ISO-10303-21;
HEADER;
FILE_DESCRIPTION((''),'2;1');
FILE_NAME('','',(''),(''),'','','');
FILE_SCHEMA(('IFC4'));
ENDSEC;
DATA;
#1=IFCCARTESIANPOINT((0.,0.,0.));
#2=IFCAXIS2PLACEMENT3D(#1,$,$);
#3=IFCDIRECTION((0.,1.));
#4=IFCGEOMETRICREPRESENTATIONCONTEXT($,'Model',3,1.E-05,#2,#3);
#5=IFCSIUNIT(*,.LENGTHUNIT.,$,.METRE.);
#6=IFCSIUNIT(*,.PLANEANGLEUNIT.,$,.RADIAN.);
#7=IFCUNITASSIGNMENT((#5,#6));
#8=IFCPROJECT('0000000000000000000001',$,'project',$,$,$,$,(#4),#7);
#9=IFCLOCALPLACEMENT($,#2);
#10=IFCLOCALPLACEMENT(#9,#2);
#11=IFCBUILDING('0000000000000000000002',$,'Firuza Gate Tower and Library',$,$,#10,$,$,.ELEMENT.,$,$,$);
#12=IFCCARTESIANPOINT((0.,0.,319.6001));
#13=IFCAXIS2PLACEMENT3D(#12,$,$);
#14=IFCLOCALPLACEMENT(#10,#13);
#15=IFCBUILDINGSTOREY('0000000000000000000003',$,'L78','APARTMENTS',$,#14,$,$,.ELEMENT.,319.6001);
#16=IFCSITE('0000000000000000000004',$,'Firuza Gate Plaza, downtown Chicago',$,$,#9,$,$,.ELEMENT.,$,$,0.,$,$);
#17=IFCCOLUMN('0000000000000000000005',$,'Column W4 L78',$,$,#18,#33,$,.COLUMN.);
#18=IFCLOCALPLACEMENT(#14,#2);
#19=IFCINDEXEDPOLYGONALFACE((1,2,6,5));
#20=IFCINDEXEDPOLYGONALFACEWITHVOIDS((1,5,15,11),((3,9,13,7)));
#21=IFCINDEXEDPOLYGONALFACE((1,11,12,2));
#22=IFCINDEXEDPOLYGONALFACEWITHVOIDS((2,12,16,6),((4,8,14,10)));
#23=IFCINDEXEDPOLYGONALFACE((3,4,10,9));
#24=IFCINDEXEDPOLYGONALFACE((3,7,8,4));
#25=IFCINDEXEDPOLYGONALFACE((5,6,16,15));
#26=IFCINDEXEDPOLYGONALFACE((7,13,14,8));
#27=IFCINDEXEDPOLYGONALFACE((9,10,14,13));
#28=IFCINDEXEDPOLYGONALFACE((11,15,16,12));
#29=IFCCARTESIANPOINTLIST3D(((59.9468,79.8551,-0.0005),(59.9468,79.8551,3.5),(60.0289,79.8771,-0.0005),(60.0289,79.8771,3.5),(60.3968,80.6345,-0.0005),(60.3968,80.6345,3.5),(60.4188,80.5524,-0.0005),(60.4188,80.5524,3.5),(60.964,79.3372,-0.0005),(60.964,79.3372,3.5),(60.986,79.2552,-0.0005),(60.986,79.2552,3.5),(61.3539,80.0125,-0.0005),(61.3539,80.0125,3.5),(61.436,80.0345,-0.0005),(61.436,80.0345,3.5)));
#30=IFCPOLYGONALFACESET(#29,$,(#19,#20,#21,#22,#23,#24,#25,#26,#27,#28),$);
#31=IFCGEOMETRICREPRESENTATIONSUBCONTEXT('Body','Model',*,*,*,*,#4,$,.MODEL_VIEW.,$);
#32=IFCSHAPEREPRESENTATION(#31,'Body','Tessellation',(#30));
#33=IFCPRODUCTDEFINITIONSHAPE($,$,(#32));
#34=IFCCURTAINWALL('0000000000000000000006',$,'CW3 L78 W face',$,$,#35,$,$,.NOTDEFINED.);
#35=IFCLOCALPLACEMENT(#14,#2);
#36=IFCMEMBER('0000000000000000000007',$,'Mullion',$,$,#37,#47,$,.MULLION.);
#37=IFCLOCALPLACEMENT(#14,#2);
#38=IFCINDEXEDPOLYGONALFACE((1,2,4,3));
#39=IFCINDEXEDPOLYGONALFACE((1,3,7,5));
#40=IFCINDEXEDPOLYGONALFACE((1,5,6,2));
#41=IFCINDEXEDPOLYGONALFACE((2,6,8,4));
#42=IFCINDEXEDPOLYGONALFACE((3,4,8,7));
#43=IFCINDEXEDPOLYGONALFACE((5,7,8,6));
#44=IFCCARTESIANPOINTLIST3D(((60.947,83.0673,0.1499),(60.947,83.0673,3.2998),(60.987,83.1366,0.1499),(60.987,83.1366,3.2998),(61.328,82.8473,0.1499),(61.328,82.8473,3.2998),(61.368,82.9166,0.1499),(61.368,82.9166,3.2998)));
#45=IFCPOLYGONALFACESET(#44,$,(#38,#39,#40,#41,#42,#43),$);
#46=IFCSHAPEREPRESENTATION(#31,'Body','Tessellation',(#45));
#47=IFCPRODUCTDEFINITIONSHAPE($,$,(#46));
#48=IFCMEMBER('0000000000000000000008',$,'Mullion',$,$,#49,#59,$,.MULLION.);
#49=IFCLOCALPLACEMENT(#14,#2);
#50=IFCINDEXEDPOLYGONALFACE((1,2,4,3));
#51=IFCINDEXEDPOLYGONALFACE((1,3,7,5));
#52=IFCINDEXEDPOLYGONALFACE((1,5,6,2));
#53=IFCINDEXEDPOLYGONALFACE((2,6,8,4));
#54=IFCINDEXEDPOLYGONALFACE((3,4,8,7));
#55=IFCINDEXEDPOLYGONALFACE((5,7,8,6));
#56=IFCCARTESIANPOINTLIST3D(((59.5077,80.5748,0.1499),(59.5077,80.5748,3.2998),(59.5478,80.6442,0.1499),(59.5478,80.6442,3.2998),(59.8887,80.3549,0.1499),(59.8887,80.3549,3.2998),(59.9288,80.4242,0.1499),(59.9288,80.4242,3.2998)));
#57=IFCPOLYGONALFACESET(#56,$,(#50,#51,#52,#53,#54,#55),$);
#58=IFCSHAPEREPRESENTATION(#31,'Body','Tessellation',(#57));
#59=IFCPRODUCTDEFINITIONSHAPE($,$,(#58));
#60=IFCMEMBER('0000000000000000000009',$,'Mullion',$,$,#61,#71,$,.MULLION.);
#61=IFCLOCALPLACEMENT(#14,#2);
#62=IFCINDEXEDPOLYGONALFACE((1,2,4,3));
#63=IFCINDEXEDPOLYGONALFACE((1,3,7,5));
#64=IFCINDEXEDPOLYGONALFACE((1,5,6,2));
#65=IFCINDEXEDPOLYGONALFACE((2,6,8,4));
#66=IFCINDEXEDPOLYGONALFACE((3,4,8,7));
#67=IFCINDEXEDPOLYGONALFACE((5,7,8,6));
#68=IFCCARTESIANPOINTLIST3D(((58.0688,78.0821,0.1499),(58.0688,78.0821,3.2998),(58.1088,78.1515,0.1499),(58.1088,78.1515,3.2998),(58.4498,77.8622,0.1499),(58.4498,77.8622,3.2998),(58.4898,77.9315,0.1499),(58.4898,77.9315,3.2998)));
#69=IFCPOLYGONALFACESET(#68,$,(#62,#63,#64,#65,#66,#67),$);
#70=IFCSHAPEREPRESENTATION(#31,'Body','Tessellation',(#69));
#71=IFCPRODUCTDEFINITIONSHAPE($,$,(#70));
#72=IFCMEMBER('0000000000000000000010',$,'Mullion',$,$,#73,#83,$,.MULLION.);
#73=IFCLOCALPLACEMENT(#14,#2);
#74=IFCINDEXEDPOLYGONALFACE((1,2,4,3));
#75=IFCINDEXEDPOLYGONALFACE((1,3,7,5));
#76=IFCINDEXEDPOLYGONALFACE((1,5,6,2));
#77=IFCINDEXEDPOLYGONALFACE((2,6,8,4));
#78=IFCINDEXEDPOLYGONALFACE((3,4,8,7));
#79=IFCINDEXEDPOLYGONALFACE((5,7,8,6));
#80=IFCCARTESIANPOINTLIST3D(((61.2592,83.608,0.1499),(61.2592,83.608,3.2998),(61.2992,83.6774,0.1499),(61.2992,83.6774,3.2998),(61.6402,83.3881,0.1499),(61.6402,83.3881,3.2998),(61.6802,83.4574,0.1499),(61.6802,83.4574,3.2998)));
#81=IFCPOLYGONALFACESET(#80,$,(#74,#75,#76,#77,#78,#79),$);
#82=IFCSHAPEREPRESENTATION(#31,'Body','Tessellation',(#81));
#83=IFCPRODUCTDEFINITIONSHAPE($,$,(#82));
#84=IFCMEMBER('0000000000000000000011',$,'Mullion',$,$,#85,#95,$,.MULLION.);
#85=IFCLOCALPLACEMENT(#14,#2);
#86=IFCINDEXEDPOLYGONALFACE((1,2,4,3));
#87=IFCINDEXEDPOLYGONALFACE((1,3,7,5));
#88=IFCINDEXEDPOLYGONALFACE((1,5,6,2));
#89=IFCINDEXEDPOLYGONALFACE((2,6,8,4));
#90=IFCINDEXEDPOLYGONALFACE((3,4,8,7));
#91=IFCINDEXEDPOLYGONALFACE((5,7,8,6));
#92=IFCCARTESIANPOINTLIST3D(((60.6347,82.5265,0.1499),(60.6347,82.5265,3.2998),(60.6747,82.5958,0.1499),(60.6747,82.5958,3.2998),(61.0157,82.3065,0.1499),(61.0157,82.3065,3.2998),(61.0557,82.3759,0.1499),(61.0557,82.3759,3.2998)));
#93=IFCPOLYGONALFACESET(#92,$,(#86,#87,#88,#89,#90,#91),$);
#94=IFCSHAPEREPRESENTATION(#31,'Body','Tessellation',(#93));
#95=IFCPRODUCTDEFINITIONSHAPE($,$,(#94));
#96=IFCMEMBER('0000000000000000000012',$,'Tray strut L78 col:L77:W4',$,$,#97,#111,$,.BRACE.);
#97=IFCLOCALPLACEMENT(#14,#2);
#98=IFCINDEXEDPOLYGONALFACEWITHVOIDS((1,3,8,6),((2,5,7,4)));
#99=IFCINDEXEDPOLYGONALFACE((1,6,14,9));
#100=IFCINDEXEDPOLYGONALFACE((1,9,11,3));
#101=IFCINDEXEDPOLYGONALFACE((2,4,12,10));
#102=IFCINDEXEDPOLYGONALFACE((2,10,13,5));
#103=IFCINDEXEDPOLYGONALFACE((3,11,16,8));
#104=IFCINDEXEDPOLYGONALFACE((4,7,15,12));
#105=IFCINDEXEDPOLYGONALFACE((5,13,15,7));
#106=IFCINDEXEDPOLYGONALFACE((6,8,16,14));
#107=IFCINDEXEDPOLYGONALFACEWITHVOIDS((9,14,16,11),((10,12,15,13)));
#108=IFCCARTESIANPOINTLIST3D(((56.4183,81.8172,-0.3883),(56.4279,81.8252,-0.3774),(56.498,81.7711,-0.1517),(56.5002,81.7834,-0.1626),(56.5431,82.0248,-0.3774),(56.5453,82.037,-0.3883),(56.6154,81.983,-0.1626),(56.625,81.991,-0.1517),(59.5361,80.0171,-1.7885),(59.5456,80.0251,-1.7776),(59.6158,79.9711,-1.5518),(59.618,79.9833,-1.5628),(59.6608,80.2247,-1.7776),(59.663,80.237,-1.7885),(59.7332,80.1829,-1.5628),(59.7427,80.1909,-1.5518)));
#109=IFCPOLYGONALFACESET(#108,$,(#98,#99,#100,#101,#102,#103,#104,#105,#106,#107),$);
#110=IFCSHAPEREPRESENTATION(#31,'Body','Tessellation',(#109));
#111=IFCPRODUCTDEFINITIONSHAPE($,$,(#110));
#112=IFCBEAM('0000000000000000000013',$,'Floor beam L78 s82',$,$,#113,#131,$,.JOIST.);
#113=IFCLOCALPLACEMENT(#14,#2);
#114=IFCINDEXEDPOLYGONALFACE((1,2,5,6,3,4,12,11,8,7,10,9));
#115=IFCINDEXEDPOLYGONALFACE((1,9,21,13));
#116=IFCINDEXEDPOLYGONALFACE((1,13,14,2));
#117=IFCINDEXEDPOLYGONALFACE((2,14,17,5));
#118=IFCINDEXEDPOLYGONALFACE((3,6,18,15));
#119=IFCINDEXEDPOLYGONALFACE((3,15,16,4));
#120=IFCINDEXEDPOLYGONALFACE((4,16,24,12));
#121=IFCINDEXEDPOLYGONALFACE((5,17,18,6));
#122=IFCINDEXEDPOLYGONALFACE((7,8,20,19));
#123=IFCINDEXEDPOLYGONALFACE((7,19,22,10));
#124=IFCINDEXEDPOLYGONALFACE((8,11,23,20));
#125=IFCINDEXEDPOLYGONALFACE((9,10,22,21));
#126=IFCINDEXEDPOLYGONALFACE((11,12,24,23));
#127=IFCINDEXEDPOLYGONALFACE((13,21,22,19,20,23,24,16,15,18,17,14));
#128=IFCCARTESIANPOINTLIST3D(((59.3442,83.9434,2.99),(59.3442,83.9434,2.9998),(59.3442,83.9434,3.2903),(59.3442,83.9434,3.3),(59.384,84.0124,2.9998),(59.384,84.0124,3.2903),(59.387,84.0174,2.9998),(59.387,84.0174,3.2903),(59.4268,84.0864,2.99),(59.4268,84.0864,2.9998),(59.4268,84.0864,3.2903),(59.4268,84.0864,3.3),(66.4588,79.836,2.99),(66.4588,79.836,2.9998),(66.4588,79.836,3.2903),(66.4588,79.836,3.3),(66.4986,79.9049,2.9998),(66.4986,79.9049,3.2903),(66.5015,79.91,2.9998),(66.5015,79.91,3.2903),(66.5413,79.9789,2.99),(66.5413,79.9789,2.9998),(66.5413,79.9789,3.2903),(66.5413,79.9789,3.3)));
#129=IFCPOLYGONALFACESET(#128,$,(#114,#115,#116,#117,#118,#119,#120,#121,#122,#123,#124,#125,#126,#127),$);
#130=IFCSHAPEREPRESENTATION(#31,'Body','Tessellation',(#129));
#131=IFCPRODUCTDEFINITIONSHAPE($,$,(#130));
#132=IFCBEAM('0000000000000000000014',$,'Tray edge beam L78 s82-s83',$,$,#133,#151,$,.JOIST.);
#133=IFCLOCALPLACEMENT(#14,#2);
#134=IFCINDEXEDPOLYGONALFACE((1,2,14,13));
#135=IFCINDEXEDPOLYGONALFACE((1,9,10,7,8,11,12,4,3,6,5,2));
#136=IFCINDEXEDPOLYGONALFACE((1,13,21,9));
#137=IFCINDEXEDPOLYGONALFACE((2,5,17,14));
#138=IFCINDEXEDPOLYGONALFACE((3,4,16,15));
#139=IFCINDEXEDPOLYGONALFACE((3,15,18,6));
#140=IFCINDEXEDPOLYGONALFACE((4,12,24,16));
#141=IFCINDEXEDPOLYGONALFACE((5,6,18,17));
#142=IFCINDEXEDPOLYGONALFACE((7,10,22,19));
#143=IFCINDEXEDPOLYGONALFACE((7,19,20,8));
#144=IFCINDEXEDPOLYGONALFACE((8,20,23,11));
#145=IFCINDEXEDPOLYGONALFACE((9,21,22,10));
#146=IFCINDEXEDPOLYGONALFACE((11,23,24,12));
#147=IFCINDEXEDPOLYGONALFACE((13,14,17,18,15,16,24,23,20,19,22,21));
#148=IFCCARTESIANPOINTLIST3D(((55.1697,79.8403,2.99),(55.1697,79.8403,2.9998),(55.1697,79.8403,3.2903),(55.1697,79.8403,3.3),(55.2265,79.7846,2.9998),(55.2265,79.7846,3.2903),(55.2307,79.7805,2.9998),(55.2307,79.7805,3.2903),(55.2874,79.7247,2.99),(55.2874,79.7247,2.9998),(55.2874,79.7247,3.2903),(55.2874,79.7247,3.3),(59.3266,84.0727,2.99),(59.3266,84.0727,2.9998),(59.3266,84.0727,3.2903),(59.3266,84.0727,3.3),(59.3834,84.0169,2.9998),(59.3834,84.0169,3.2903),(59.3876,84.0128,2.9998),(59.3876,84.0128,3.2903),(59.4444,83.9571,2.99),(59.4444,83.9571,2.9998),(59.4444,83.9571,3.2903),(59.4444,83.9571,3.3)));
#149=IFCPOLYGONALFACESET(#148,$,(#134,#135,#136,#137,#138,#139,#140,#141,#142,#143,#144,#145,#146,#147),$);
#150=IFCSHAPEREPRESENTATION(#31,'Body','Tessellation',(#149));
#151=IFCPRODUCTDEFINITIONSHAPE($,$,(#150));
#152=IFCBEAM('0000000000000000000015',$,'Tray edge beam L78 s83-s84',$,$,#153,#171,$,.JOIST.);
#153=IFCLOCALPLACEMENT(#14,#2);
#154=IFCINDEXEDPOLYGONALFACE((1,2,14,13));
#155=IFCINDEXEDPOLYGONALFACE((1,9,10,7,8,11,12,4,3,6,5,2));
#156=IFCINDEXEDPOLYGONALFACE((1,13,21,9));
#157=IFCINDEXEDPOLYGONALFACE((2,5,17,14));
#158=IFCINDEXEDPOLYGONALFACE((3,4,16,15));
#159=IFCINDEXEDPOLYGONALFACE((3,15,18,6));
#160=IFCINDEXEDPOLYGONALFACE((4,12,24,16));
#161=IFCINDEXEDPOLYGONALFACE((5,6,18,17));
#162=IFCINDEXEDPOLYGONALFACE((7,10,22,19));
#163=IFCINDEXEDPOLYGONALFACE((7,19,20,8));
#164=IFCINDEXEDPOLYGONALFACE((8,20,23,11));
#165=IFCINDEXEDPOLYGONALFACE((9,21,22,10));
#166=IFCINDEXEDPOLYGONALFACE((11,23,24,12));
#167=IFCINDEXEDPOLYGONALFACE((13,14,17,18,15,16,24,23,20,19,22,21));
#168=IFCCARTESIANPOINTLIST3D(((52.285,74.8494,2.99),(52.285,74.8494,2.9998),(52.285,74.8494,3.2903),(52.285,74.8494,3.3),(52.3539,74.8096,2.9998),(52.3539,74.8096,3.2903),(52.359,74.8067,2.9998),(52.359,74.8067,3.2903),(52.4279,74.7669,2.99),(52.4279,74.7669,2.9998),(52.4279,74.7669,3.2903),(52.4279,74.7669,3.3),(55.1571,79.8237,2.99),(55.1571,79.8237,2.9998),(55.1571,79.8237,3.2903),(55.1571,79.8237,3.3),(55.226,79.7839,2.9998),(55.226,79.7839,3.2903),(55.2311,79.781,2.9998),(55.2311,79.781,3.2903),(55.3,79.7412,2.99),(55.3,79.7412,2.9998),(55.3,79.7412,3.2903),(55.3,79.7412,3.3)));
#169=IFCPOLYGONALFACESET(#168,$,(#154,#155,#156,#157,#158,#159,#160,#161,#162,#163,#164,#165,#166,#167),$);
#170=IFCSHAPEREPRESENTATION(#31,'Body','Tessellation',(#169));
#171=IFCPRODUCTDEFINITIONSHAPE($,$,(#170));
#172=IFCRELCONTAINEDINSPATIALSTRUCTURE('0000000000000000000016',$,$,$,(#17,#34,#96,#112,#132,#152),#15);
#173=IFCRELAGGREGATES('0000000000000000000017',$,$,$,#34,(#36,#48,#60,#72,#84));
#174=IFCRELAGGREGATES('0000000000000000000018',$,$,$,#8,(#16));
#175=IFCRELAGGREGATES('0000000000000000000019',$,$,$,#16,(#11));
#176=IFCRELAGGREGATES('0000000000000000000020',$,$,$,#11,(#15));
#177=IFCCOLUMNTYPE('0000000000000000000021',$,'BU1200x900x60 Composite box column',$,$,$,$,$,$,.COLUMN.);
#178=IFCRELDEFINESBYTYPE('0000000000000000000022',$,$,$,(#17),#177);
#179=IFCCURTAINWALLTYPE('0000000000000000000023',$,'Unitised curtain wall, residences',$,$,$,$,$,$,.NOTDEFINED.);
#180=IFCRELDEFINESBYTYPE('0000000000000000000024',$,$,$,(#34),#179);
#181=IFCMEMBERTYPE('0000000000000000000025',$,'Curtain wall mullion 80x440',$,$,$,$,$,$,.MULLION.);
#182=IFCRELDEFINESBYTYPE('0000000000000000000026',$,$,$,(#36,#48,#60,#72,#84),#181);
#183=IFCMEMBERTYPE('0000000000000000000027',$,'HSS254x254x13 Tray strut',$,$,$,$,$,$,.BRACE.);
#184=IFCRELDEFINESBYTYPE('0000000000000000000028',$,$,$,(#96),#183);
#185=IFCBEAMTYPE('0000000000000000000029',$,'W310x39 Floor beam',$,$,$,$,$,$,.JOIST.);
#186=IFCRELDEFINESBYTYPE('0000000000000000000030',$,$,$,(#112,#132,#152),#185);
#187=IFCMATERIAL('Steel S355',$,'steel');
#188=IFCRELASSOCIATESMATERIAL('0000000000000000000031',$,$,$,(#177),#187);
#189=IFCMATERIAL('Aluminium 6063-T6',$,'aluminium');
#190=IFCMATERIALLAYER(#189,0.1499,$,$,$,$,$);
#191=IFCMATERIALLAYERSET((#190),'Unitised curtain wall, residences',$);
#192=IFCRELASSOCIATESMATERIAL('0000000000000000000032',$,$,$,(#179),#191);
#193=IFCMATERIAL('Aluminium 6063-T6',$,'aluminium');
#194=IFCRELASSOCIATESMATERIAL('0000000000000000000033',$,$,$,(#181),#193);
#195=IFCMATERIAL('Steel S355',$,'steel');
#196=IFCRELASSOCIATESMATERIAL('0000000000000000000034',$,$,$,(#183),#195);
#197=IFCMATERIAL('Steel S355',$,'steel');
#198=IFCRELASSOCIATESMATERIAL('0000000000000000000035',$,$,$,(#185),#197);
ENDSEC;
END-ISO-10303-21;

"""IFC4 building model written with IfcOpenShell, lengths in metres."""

from ifc_helpers import new_model, si_unit, direction, frame, origin, origin_2d, place, context, subcontext, project, spatial, rectangle, hollow_rectangle, i_section, extrude, material, layer, layer_set, material_profile, profile_set, type_object, element, aggregate, save


model = new_model("IFC4")

# Units and contexts
model_context = context("Model", 3, precision=1e-05, world=origin(), true_north=direction((0.0, 1.0)))
body_context = subcontext(model_context, "Body", "Model", "MODEL_VIEW")
ifc_project = project(units=[si_unit("LENGTHUNIT", "METRE"), si_unit("PLANEANGLEUNIT", "RADIAN")], contexts=[model_context])

# Site, building, storey
site_placement = place(None, origin())
site = spatial("IfcSite", under=ifc_project, at=site_placement, Name="Firuza Gate Plaza, downtown Chicago", CompositionType="ELEMENT", RefElevation=0.0)
building_placement = place(site_placement, origin())
building = spatial("IfcBuilding", under=site, at=building_placement, Name="Firuza Gate Tower and Library", CompositionType="ELEMENT")
storey_placement = place(building_placement, frame((0.0, 0.0, 319.6001)))
storey = spatial("IfcBuildingStorey", under=building, at=storey_placement, Name="L78", Description="APARTMENTS", CompositionType="ELEMENT", Elevation=319.6001)

# Column
ifc_material_1 = material(Name="Steel S355", Category="steel")
ifc_material_profile_1 = material_profile(ifc_material_1, hollow_rectangle(XDim=0.8999, YDim=1.2, WallThickness=0.0601, at=origin_2d()))
ifc_profile_set_1 = profile_set([ifc_material_profile_1], Name="Steel S355")
column_type = type_object("IfcColumnType", Name="BU1200x900x60 Composite box column", PredefinedType="COLUMN", material=ifc_profile_set_1)
column_placement = place(storey_placement, frame((60.6914, 79.9448, -0.0005), z_axis=(0.0, 0.0, 1.0), x_axis=(-0.5, -0.866025, 0.0)))
element("IfcColumn", 1, at=column_placement, inside=storey, type_object=column_type, Name="Column W4 L78", PredefinedType="COLUMN", context=body_context, shape_type="SweptSolid", body=[
    extrude(hollow_rectangle(XDim=0.8999, YDim=1.2, WallThickness=0.0601, at=origin_2d()), origin(), (0.0, 0.0, 1.0), 3.5005),
])

# Curtain wall, members
ifc_material_2 = material(Name="Aluminium 6063-T6", Category="aluminium")
ifc_layer_1 = layer(ifc_material_2, 0.1499)
ifc_layer_set_1 = layer_set([ifc_layer_1], Name="Unitised curtain wall, residences")
curtain_wall_type = type_object("IfcCurtainWallType", Name="Unitised curtain wall, residences", PredefinedType="NOTDEFINED", material=ifc_layer_set_1)
curtain_wall_placement = place(storey_placement, origin())
curtain_wall = element("IfcCurtainWall", 2, at=curtain_wall_placement, inside=storey, type_object=curtain_wall_type, Name="CW3 L78 W face", PredefinedType="NOTDEFINED")
ifc_material_3 = material(Name="Aluminium 6063-T6", Category="aluminium")
ifc_material_profile_2 = material_profile(ifc_material_3, rectangle(XDim=0.4399, YDim=0.0801, at=origin_2d()))
ifc_profile_set_2 = profile_set([ifc_material_profile_2], Name="Aluminium 6063-T6")
member_type_1 = type_object("IfcMemberType", Name="Curtain wall mullion 80x440", PredefinedType="MULLION", material=ifc_profile_set_2)
member_1_placement = place(storey_placement, frame((61.1575, 82.9919, 0.1499), z_axis=(0.0, 0.0, 1.0), x_axis=(0.866025, -0.5, 0.0)))
member_1 = element("IfcMember", 3, at=member_1_placement, type_object=member_type_1, Name="Mullion", PredefinedType="MULLION", context=body_context, shape_type="SweptSolid", body=[
    extrude(rectangle(XDim=0.4399, YDim=0.0801, at=origin_2d()), origin(), (0.0, 0.0, 1.0), 3.1499),
])
member_2_placement = place(storey_placement, frame((59.7183, 80.4995, 0.1499), z_axis=(0.0, 0.0, 1.0), x_axis=(0.866025, -0.5, 0.0)))
member_2 = element("IfcMember", 4, at=member_2_placement, type_object=member_type_1, Name="Mullion", PredefinedType="MULLION", context=body_context, shape_type="SweptSolid", body=[
    extrude(rectangle(XDim=0.4399, YDim=0.0801, at=origin_2d()), origin(), (0.0, 0.0, 1.0), 3.1499),
])
member_3_placement = place(storey_placement, frame((58.2793, 78.0068, 0.1499), z_axis=(0.0, 0.0, 1.0), x_axis=(0.866025, -0.5, 0.0)))
member_3 = element("IfcMember", 5, at=member_3_placement, type_object=member_type_1, Name="Mullion", PredefinedType="MULLION", context=body_context, shape_type="SweptSolid", body=[
    extrude(rectangle(XDim=0.4399, YDim=0.0801, at=origin_2d()), origin(), (0.0, 0.0, 1.0), 3.1499),
])
member_4_placement = place(storey_placement, frame((61.4697, 83.5327, 0.1499), z_axis=(0.0, 0.0, 1.0), x_axis=(0.866025, -0.5, 0.0)))
member_4 = element("IfcMember", 6, at=member_4_placement, type_object=member_type_1, Name="Mullion", PredefinedType="MULLION", context=body_context, shape_type="SweptSolid", body=[
    extrude(rectangle(XDim=0.4399, YDim=0.0801, at=origin_2d()), origin(), (0.0, 0.0, 1.0), 3.1499),
])
member_5_placement = place(storey_placement, frame((60.8452, 82.4512, 0.1499), z_axis=(0.0, 0.0, 1.0), x_axis=(0.866025, -0.5, 0.0)))
member_5 = element("IfcMember", 7, at=member_5_placement, type_object=member_type_1, Name="Mullion", PredefinedType="MULLION", context=body_context, shape_type="SweptSolid", body=[
    extrude(rectangle(XDim=0.4399, YDim=0.0801, at=origin_2d()), origin(), (0.0, 0.0, 1.0), 3.1499),
])

# Member
ifc_material_4 = material(Name="Steel S355", Category="steel")
ifc_material_profile_3 = material_profile(ifc_material_4, hollow_rectangle(XDim=0.2539, YDim=0.2539, WallThickness=0.0117, at=origin_2d()))
ifc_profile_set_3 = profile_set([ifc_material_profile_3], Name="Steel S355")
member_type_2 = type_object("IfcMemberType", Name="HSS254x254x13 Tray strut", PredefinedType="BRACE", material=ifc_profile_set_3)
member_6_placement = place(storey_placement, frame((59.6394, 80.104, -1.6702), z_axis=(-0.807122, 0.466007, 0.362478), x_axis=(-0.500012, -0.866018, 0.0)))
element("IfcMember", 8, at=member_6_placement, inside=storey, type_object=member_type_2, Name="Tray strut L78 col:L77:W4", PredefinedType="BRACE", context=body_context, shape_type="SweptSolid", body=[
    extrude(hollow_rectangle(XDim=0.2539, YDim=0.2539, WallThickness=0.0117, at=origin_2d()), origin(), (0.0, 0.0, 1.0), 3.8628),
])

# Beams
ifc_material_5 = material(Name="Steel S355", Category="steel")
ifc_material_profile_4 = material_profile(ifc_material_5, i_section(OverallWidth=0.165, OverallDepth=0.3101, WebThickness=0.0059, FlangeThickness=0.0098, at=origin_2d()))
ifc_profile_set_4 = profile_set([ifc_material_profile_4], Name="Steel S355")
beam_type_1 = type_object("IfcBeamType", Name="W310x39 Floor beam", PredefinedType="JOIST", material=ifc_profile_set_4)
beam_1_placement = place(storey_placement, frame((59.3855, 84.0149, 3.145), z_axis=(0.866033, -0.499987, 0.0), x_axis=(0.499987, 0.866033, 0.0)))
element("IfcBeam", 9, at=beam_1_placement, inside=storey, type_object=beam_type_1, Name="Floor beam L78 s82", PredefinedType="JOIST", context=body_context, shape_type="SweptSolid", body=[
    extrude(i_section(OverallWidth=0.165, OverallDepth=0.3101, WebThickness=0.0059, FlangeThickness=0.0098, at=origin_2d()), origin(), (0.0, 0.0, 1.0), 8.2151),
])
beam_2_placement = place(storey_placement, frame((59.3855, 84.0149, 3.145), z_axis=(-0.70072, -0.713436, 0.0), x_axis=(0.713436, -0.70072, 0.0)))
element("IfcBeam", 10, at=beam_2_placement, inside=storey, type_object=beam_type_1, Name="Tray edge beam L78 s82-s83", PredefinedType="JOIST", context=body_context, shape_type="SweptSolid", body=[
    extrude(i_section(OverallWidth=0.165, OverallDepth=0.3101, WebThickness=0.0059, FlangeThickness=0.0098, at=origin_2d()), origin(), (0.0, 0.0, 1.0), 5.9324),
])
beam_3_placement = place(storey_placement, frame((55.2285, 79.7825, 3.145), z_axis=(-0.500016, -0.866016, 0.0), x_axis=(0.866016, -0.500016, 0.0)))
element("IfcBeam", 11, at=beam_3_placement, inside=storey, type_object=beam_type_1, Name="Tray edge beam L78 s83-s84", PredefinedType="JOIST", context=body_context, shape_type="SweptSolid", body=[
    extrude(i_section(OverallWidth=0.165, OverallDepth=0.3101, WebThickness=0.0059, FlangeThickness=0.0098, at=origin_2d()), origin(), (0.0, 0.0, 1.0), 5.7439),
])

aggregate(curtain_wall, [member_1, member_2, member_3, member_4, member_5])

save(model, "model.ifc")
